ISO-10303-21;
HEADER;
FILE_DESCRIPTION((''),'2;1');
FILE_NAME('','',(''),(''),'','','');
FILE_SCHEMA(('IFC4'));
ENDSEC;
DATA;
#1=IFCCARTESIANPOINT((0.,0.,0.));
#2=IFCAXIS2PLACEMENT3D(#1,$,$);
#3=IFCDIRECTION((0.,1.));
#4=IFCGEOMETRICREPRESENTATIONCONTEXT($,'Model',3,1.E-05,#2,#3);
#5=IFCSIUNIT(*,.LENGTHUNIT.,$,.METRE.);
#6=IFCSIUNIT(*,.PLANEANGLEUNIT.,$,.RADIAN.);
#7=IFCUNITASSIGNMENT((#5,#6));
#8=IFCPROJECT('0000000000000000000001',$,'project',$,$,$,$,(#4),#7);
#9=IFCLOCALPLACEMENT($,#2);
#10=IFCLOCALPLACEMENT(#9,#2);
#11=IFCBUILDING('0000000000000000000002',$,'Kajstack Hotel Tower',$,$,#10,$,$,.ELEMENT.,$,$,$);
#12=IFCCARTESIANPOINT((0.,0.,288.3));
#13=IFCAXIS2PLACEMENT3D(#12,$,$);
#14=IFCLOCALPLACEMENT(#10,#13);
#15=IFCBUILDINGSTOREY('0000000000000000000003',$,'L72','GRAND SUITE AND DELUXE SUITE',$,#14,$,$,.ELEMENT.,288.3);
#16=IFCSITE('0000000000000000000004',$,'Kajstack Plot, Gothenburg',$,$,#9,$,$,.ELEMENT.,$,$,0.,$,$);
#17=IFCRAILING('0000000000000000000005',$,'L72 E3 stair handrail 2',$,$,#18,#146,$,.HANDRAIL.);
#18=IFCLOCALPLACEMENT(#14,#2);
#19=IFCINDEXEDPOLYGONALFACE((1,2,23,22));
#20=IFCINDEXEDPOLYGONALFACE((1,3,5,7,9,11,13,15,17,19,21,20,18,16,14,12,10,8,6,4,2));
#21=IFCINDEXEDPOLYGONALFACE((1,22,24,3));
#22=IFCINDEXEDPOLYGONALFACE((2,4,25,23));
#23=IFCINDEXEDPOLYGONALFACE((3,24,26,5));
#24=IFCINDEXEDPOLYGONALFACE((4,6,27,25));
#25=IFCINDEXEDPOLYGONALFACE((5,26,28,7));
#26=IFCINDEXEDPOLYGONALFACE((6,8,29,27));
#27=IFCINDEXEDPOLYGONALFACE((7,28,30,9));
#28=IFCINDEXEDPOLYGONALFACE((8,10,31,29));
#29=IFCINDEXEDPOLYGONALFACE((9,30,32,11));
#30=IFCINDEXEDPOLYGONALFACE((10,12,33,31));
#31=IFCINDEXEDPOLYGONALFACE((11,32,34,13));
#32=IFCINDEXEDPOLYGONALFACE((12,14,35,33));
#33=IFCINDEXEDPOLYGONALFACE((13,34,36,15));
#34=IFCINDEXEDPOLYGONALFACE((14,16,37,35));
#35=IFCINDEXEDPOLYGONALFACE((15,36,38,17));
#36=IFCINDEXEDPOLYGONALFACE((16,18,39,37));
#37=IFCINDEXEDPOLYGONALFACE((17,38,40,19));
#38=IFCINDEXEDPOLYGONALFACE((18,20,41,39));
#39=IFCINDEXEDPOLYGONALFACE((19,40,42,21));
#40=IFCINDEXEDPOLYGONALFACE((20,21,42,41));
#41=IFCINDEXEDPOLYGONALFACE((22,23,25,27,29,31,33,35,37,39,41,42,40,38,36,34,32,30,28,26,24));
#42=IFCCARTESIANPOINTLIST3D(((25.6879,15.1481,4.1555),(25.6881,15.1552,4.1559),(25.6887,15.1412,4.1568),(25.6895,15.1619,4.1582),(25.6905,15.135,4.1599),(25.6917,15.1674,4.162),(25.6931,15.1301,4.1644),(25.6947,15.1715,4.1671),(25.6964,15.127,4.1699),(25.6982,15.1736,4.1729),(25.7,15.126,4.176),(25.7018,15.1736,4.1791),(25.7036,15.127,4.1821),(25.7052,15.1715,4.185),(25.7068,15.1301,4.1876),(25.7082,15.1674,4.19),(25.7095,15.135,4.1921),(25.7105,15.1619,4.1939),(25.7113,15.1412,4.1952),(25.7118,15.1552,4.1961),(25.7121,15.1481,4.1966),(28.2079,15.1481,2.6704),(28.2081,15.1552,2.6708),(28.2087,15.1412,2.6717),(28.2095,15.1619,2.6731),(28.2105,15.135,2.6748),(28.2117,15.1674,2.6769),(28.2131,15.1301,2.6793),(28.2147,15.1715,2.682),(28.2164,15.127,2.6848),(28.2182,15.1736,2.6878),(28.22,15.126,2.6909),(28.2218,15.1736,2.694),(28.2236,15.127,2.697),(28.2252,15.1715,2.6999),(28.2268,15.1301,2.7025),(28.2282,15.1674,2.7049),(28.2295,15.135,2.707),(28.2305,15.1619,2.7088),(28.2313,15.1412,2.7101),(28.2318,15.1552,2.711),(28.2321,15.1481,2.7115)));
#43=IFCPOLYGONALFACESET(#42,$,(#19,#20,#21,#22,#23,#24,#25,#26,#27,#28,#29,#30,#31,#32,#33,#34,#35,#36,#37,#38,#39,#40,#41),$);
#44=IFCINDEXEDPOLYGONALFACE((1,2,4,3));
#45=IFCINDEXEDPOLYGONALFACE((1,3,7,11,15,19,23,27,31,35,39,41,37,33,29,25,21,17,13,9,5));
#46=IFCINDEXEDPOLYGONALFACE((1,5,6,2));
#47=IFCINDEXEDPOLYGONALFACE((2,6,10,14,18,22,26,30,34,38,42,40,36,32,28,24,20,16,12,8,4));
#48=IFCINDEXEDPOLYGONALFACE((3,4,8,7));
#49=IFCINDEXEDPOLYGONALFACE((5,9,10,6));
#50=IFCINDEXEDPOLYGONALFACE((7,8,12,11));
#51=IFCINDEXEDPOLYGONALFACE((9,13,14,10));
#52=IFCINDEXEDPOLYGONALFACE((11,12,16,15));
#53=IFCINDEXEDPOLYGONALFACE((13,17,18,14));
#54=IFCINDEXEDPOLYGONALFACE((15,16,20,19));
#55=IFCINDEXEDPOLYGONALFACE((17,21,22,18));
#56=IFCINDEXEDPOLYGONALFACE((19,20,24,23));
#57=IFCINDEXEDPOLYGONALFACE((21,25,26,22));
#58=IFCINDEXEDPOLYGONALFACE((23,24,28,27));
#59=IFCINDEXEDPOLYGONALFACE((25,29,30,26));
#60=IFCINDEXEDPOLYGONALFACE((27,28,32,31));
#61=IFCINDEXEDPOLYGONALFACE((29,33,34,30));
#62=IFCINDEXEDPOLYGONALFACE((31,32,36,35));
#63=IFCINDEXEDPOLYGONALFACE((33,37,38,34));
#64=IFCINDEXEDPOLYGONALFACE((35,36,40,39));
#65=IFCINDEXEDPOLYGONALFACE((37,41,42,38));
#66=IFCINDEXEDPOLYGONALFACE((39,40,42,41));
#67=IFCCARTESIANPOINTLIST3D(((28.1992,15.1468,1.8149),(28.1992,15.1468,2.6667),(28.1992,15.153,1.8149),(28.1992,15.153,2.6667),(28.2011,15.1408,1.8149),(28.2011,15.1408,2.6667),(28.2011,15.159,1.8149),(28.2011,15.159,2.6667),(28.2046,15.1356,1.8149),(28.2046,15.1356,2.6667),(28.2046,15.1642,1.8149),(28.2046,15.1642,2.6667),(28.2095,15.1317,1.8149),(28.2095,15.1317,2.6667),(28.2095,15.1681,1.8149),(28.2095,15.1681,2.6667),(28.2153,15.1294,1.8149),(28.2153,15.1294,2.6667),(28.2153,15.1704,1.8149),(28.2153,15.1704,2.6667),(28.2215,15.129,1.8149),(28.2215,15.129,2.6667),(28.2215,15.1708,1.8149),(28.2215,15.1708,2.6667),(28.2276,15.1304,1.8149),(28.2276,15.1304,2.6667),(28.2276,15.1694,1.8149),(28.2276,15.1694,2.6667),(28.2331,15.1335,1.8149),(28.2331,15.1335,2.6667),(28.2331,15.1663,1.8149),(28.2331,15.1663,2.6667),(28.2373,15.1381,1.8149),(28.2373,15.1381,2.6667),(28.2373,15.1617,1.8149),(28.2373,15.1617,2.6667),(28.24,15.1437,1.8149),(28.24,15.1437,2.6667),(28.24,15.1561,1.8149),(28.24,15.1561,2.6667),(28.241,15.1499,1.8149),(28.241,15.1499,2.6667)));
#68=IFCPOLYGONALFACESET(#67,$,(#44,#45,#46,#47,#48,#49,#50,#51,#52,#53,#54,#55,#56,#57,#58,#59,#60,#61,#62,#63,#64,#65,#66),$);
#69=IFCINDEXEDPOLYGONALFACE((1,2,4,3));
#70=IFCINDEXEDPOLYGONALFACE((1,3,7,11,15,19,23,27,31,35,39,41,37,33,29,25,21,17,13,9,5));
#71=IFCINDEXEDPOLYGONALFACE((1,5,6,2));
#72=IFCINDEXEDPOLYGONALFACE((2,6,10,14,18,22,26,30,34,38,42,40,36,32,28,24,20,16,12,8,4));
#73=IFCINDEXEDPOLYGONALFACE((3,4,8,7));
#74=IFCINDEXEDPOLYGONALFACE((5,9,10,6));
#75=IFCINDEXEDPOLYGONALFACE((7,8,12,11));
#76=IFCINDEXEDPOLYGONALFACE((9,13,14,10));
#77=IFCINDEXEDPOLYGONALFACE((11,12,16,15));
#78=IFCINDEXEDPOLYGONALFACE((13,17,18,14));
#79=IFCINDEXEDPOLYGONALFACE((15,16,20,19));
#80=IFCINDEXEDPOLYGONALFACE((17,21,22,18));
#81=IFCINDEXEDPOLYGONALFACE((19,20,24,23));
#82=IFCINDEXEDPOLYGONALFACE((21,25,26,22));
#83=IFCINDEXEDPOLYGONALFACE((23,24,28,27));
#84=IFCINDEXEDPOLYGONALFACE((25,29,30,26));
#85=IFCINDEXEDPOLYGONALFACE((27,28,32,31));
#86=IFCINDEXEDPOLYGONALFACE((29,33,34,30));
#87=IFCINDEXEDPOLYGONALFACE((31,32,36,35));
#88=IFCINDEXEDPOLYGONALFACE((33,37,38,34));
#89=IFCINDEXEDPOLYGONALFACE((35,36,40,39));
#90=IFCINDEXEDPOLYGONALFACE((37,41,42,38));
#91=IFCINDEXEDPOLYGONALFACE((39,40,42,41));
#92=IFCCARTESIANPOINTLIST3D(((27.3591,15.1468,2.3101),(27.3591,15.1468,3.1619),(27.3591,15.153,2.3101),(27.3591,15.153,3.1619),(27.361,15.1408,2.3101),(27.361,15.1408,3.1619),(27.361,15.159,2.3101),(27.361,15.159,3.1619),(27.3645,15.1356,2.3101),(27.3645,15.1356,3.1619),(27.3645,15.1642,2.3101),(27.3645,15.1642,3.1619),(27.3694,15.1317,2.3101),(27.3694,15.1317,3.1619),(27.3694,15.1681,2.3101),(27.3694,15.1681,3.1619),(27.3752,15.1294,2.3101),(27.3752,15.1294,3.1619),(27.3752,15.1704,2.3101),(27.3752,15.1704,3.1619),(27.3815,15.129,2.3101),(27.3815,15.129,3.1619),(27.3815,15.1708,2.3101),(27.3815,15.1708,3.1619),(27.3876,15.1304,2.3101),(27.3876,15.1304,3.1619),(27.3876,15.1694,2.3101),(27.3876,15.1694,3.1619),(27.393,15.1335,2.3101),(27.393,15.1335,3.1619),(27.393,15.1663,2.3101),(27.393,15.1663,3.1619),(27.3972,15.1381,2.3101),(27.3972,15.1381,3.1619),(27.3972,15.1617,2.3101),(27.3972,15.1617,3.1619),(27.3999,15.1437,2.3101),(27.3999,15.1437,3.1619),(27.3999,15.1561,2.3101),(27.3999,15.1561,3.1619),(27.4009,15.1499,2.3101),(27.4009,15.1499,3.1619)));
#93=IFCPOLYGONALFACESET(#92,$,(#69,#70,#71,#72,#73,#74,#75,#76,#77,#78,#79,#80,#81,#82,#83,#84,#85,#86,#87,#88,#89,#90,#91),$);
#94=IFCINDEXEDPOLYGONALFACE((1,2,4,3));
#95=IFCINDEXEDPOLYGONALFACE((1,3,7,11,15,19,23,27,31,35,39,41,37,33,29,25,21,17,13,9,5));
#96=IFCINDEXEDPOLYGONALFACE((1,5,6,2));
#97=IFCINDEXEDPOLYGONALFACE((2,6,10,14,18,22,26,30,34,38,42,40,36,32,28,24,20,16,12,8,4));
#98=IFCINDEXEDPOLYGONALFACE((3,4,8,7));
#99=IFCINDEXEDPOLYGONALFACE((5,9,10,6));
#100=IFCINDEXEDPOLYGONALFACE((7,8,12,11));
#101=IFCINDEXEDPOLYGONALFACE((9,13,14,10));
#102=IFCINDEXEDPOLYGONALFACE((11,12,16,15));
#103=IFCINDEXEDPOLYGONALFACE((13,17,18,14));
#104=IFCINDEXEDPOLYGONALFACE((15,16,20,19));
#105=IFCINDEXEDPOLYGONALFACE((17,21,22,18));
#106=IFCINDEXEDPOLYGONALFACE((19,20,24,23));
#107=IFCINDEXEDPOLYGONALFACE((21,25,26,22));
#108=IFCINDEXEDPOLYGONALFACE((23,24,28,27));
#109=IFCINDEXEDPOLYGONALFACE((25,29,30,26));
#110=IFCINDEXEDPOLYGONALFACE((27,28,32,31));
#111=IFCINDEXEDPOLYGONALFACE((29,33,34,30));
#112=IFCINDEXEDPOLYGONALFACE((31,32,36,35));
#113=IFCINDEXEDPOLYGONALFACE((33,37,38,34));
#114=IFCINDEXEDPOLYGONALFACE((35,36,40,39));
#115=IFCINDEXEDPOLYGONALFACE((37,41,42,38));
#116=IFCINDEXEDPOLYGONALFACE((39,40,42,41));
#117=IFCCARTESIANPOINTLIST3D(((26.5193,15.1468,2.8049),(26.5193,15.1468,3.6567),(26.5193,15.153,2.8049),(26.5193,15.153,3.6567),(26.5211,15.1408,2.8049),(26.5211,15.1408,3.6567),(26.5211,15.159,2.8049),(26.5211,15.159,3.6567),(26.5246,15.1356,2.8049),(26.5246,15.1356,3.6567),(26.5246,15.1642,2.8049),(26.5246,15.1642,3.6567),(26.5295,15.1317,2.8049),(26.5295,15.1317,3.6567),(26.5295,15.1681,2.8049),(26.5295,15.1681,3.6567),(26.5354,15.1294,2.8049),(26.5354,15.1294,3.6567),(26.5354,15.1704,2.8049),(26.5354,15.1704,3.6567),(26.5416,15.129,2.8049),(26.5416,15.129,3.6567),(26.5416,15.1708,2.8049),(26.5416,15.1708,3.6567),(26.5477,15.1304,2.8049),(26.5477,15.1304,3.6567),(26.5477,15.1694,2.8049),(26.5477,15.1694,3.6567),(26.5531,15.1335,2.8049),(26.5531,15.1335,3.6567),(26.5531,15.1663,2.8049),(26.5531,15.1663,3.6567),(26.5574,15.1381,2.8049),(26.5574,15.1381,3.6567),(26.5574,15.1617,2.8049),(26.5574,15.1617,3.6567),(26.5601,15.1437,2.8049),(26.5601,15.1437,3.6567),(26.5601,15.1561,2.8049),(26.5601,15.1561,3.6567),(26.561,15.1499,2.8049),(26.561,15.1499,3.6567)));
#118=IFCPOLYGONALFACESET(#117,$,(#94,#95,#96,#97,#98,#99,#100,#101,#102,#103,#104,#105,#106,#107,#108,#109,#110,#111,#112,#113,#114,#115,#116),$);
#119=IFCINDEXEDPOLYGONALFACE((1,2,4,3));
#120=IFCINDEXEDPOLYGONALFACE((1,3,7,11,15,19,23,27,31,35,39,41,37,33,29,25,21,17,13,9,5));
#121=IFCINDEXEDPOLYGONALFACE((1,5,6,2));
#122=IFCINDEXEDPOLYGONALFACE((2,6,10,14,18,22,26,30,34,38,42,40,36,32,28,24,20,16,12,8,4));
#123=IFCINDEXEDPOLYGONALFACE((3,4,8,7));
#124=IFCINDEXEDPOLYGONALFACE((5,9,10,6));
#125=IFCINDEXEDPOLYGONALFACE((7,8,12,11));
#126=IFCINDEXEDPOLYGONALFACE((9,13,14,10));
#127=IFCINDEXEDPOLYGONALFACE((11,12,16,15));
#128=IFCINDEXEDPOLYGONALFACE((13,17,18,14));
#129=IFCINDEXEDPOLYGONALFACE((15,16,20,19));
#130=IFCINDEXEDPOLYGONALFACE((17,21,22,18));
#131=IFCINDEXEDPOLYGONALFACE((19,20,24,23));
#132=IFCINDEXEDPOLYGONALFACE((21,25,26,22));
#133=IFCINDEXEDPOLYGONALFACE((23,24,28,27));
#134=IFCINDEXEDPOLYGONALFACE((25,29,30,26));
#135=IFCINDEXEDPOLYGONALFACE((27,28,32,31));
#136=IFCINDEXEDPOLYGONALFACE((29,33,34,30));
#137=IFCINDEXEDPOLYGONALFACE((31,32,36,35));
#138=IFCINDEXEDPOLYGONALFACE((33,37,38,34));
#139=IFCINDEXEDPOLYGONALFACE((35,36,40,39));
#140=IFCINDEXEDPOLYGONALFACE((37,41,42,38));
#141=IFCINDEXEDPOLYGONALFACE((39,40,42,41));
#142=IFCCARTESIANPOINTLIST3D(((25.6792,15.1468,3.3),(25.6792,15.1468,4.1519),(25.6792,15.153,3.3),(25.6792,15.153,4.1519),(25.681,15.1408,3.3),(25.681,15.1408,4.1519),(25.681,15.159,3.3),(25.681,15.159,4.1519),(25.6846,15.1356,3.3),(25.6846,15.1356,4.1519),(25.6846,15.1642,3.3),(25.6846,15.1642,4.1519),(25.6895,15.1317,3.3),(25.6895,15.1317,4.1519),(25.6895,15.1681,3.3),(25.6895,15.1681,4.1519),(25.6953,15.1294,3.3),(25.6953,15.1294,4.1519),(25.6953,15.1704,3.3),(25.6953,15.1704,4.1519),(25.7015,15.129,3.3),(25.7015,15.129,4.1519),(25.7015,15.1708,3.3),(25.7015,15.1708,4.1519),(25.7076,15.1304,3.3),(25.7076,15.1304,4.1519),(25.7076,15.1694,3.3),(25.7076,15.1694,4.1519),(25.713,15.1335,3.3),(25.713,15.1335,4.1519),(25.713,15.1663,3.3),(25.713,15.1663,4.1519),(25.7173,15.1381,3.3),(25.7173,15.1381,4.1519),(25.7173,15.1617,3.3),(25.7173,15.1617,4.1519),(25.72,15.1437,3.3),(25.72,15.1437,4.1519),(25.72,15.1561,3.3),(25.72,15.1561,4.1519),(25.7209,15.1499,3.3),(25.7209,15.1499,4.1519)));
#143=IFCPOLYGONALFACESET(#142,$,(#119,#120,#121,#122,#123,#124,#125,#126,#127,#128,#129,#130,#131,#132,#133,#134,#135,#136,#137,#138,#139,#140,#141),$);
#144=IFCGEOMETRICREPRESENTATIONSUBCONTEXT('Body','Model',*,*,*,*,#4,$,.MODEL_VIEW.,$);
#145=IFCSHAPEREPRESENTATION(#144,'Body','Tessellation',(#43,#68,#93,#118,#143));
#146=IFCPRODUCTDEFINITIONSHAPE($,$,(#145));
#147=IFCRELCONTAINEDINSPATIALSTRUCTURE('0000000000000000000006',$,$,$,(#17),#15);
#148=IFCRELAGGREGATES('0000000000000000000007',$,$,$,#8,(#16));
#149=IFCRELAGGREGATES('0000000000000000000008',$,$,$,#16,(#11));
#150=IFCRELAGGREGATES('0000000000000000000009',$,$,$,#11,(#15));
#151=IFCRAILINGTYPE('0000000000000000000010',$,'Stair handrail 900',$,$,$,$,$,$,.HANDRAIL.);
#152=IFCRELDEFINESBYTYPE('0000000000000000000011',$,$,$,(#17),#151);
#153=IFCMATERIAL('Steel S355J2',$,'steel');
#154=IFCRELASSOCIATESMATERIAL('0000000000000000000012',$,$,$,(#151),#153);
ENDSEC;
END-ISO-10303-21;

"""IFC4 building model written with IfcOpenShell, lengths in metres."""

from ifc_helpers import new_model, si_unit, direction, frame, origin, origin_2d, place, context, subcontext, project, spatial, circle, extrude, material, type_object, element, save


model = new_model("IFC4")

# Units and contexts
model_context = context("Model", 3, precision=1e-05, world=origin(), true_north=direction((0.0, 1.0)))
body_context = subcontext(model_context, "Body", "Model", "MODEL_VIEW")
ifc_project = project(units=[si_unit("LENGTHUNIT", "METRE"), si_unit("PLANEANGLEUNIT", "RADIAN")], contexts=[model_context])

# Site, building, storey
site_placement = place(None, origin())
site = spatial("IfcSite", under=ifc_project, at=site_placement, Name="Kajstack Plot, Gothenburg", CompositionType="ELEMENT", RefElevation=0.0)
building_placement = place(site_placement, origin())
building = spatial("IfcBuilding", under=site, at=building_placement, Name="Kajstack Hotel Tower", CompositionType="ELEMENT")
storey_placement = place(building_placement, frame((0.0, 0.0, 288.3)))
storey = spatial("IfcBuildingStorey", under=building, at=storey_placement, Name="L72", Description="GRAND SUITE AND DELUXE SUITE", CompositionType="ELEMENT", Elevation=288.3)

# Railing
ifc_material_1 = material(Name="Steel S355J2", Category="steel")
railing_type_1 = type_object("IfcRailingType", Name="Stair handrail 900", PredefinedType="HANDRAIL", material=ifc_material_1)
railing_1_placement = place(storey_placement, frame((28.22, 15.1499, 1.8149)))
element("IfcRailing", 1, at=railing_1_placement, inside=storey, type_object=railing_type_1, Name="L72 E3 stair handrail 2", PredefinedType="HANDRAIL", context=body_context, shape_type="SweptSolid", body=[
    extrude(circle(Radius=0.0239, at=origin_2d()), frame((0.0, 0.0, 0.876), z_axis=(-0.861524, 0.0, 0.507717), x_axis=(0.0, -1.0, 0.0)), (0.0, 0.0, 1.0), 2.925),
    extrude(circle(Radius=0.021, at=origin_2d()), origin(), (0.0, 0.0, 1.0), 0.8518),
    extrude(circle(Radius=0.021, at=origin_2d()), frame((-0.8401, 0.0, 0.4951)), (0.0, 0.0, 1.0), 0.8518),
    extrude(circle(Radius=0.021, at=origin_2d()), frame((-1.6799, 0.0, 0.99)), (0.0, 0.0, 1.0), 0.8518),
    extrude(circle(Radius=0.021, at=origin_2d()), frame((-2.52, 0.0, 1.4851)), (0.0, 0.0, 1.0), 0.8518),
])

save(model, "model.ifc")
